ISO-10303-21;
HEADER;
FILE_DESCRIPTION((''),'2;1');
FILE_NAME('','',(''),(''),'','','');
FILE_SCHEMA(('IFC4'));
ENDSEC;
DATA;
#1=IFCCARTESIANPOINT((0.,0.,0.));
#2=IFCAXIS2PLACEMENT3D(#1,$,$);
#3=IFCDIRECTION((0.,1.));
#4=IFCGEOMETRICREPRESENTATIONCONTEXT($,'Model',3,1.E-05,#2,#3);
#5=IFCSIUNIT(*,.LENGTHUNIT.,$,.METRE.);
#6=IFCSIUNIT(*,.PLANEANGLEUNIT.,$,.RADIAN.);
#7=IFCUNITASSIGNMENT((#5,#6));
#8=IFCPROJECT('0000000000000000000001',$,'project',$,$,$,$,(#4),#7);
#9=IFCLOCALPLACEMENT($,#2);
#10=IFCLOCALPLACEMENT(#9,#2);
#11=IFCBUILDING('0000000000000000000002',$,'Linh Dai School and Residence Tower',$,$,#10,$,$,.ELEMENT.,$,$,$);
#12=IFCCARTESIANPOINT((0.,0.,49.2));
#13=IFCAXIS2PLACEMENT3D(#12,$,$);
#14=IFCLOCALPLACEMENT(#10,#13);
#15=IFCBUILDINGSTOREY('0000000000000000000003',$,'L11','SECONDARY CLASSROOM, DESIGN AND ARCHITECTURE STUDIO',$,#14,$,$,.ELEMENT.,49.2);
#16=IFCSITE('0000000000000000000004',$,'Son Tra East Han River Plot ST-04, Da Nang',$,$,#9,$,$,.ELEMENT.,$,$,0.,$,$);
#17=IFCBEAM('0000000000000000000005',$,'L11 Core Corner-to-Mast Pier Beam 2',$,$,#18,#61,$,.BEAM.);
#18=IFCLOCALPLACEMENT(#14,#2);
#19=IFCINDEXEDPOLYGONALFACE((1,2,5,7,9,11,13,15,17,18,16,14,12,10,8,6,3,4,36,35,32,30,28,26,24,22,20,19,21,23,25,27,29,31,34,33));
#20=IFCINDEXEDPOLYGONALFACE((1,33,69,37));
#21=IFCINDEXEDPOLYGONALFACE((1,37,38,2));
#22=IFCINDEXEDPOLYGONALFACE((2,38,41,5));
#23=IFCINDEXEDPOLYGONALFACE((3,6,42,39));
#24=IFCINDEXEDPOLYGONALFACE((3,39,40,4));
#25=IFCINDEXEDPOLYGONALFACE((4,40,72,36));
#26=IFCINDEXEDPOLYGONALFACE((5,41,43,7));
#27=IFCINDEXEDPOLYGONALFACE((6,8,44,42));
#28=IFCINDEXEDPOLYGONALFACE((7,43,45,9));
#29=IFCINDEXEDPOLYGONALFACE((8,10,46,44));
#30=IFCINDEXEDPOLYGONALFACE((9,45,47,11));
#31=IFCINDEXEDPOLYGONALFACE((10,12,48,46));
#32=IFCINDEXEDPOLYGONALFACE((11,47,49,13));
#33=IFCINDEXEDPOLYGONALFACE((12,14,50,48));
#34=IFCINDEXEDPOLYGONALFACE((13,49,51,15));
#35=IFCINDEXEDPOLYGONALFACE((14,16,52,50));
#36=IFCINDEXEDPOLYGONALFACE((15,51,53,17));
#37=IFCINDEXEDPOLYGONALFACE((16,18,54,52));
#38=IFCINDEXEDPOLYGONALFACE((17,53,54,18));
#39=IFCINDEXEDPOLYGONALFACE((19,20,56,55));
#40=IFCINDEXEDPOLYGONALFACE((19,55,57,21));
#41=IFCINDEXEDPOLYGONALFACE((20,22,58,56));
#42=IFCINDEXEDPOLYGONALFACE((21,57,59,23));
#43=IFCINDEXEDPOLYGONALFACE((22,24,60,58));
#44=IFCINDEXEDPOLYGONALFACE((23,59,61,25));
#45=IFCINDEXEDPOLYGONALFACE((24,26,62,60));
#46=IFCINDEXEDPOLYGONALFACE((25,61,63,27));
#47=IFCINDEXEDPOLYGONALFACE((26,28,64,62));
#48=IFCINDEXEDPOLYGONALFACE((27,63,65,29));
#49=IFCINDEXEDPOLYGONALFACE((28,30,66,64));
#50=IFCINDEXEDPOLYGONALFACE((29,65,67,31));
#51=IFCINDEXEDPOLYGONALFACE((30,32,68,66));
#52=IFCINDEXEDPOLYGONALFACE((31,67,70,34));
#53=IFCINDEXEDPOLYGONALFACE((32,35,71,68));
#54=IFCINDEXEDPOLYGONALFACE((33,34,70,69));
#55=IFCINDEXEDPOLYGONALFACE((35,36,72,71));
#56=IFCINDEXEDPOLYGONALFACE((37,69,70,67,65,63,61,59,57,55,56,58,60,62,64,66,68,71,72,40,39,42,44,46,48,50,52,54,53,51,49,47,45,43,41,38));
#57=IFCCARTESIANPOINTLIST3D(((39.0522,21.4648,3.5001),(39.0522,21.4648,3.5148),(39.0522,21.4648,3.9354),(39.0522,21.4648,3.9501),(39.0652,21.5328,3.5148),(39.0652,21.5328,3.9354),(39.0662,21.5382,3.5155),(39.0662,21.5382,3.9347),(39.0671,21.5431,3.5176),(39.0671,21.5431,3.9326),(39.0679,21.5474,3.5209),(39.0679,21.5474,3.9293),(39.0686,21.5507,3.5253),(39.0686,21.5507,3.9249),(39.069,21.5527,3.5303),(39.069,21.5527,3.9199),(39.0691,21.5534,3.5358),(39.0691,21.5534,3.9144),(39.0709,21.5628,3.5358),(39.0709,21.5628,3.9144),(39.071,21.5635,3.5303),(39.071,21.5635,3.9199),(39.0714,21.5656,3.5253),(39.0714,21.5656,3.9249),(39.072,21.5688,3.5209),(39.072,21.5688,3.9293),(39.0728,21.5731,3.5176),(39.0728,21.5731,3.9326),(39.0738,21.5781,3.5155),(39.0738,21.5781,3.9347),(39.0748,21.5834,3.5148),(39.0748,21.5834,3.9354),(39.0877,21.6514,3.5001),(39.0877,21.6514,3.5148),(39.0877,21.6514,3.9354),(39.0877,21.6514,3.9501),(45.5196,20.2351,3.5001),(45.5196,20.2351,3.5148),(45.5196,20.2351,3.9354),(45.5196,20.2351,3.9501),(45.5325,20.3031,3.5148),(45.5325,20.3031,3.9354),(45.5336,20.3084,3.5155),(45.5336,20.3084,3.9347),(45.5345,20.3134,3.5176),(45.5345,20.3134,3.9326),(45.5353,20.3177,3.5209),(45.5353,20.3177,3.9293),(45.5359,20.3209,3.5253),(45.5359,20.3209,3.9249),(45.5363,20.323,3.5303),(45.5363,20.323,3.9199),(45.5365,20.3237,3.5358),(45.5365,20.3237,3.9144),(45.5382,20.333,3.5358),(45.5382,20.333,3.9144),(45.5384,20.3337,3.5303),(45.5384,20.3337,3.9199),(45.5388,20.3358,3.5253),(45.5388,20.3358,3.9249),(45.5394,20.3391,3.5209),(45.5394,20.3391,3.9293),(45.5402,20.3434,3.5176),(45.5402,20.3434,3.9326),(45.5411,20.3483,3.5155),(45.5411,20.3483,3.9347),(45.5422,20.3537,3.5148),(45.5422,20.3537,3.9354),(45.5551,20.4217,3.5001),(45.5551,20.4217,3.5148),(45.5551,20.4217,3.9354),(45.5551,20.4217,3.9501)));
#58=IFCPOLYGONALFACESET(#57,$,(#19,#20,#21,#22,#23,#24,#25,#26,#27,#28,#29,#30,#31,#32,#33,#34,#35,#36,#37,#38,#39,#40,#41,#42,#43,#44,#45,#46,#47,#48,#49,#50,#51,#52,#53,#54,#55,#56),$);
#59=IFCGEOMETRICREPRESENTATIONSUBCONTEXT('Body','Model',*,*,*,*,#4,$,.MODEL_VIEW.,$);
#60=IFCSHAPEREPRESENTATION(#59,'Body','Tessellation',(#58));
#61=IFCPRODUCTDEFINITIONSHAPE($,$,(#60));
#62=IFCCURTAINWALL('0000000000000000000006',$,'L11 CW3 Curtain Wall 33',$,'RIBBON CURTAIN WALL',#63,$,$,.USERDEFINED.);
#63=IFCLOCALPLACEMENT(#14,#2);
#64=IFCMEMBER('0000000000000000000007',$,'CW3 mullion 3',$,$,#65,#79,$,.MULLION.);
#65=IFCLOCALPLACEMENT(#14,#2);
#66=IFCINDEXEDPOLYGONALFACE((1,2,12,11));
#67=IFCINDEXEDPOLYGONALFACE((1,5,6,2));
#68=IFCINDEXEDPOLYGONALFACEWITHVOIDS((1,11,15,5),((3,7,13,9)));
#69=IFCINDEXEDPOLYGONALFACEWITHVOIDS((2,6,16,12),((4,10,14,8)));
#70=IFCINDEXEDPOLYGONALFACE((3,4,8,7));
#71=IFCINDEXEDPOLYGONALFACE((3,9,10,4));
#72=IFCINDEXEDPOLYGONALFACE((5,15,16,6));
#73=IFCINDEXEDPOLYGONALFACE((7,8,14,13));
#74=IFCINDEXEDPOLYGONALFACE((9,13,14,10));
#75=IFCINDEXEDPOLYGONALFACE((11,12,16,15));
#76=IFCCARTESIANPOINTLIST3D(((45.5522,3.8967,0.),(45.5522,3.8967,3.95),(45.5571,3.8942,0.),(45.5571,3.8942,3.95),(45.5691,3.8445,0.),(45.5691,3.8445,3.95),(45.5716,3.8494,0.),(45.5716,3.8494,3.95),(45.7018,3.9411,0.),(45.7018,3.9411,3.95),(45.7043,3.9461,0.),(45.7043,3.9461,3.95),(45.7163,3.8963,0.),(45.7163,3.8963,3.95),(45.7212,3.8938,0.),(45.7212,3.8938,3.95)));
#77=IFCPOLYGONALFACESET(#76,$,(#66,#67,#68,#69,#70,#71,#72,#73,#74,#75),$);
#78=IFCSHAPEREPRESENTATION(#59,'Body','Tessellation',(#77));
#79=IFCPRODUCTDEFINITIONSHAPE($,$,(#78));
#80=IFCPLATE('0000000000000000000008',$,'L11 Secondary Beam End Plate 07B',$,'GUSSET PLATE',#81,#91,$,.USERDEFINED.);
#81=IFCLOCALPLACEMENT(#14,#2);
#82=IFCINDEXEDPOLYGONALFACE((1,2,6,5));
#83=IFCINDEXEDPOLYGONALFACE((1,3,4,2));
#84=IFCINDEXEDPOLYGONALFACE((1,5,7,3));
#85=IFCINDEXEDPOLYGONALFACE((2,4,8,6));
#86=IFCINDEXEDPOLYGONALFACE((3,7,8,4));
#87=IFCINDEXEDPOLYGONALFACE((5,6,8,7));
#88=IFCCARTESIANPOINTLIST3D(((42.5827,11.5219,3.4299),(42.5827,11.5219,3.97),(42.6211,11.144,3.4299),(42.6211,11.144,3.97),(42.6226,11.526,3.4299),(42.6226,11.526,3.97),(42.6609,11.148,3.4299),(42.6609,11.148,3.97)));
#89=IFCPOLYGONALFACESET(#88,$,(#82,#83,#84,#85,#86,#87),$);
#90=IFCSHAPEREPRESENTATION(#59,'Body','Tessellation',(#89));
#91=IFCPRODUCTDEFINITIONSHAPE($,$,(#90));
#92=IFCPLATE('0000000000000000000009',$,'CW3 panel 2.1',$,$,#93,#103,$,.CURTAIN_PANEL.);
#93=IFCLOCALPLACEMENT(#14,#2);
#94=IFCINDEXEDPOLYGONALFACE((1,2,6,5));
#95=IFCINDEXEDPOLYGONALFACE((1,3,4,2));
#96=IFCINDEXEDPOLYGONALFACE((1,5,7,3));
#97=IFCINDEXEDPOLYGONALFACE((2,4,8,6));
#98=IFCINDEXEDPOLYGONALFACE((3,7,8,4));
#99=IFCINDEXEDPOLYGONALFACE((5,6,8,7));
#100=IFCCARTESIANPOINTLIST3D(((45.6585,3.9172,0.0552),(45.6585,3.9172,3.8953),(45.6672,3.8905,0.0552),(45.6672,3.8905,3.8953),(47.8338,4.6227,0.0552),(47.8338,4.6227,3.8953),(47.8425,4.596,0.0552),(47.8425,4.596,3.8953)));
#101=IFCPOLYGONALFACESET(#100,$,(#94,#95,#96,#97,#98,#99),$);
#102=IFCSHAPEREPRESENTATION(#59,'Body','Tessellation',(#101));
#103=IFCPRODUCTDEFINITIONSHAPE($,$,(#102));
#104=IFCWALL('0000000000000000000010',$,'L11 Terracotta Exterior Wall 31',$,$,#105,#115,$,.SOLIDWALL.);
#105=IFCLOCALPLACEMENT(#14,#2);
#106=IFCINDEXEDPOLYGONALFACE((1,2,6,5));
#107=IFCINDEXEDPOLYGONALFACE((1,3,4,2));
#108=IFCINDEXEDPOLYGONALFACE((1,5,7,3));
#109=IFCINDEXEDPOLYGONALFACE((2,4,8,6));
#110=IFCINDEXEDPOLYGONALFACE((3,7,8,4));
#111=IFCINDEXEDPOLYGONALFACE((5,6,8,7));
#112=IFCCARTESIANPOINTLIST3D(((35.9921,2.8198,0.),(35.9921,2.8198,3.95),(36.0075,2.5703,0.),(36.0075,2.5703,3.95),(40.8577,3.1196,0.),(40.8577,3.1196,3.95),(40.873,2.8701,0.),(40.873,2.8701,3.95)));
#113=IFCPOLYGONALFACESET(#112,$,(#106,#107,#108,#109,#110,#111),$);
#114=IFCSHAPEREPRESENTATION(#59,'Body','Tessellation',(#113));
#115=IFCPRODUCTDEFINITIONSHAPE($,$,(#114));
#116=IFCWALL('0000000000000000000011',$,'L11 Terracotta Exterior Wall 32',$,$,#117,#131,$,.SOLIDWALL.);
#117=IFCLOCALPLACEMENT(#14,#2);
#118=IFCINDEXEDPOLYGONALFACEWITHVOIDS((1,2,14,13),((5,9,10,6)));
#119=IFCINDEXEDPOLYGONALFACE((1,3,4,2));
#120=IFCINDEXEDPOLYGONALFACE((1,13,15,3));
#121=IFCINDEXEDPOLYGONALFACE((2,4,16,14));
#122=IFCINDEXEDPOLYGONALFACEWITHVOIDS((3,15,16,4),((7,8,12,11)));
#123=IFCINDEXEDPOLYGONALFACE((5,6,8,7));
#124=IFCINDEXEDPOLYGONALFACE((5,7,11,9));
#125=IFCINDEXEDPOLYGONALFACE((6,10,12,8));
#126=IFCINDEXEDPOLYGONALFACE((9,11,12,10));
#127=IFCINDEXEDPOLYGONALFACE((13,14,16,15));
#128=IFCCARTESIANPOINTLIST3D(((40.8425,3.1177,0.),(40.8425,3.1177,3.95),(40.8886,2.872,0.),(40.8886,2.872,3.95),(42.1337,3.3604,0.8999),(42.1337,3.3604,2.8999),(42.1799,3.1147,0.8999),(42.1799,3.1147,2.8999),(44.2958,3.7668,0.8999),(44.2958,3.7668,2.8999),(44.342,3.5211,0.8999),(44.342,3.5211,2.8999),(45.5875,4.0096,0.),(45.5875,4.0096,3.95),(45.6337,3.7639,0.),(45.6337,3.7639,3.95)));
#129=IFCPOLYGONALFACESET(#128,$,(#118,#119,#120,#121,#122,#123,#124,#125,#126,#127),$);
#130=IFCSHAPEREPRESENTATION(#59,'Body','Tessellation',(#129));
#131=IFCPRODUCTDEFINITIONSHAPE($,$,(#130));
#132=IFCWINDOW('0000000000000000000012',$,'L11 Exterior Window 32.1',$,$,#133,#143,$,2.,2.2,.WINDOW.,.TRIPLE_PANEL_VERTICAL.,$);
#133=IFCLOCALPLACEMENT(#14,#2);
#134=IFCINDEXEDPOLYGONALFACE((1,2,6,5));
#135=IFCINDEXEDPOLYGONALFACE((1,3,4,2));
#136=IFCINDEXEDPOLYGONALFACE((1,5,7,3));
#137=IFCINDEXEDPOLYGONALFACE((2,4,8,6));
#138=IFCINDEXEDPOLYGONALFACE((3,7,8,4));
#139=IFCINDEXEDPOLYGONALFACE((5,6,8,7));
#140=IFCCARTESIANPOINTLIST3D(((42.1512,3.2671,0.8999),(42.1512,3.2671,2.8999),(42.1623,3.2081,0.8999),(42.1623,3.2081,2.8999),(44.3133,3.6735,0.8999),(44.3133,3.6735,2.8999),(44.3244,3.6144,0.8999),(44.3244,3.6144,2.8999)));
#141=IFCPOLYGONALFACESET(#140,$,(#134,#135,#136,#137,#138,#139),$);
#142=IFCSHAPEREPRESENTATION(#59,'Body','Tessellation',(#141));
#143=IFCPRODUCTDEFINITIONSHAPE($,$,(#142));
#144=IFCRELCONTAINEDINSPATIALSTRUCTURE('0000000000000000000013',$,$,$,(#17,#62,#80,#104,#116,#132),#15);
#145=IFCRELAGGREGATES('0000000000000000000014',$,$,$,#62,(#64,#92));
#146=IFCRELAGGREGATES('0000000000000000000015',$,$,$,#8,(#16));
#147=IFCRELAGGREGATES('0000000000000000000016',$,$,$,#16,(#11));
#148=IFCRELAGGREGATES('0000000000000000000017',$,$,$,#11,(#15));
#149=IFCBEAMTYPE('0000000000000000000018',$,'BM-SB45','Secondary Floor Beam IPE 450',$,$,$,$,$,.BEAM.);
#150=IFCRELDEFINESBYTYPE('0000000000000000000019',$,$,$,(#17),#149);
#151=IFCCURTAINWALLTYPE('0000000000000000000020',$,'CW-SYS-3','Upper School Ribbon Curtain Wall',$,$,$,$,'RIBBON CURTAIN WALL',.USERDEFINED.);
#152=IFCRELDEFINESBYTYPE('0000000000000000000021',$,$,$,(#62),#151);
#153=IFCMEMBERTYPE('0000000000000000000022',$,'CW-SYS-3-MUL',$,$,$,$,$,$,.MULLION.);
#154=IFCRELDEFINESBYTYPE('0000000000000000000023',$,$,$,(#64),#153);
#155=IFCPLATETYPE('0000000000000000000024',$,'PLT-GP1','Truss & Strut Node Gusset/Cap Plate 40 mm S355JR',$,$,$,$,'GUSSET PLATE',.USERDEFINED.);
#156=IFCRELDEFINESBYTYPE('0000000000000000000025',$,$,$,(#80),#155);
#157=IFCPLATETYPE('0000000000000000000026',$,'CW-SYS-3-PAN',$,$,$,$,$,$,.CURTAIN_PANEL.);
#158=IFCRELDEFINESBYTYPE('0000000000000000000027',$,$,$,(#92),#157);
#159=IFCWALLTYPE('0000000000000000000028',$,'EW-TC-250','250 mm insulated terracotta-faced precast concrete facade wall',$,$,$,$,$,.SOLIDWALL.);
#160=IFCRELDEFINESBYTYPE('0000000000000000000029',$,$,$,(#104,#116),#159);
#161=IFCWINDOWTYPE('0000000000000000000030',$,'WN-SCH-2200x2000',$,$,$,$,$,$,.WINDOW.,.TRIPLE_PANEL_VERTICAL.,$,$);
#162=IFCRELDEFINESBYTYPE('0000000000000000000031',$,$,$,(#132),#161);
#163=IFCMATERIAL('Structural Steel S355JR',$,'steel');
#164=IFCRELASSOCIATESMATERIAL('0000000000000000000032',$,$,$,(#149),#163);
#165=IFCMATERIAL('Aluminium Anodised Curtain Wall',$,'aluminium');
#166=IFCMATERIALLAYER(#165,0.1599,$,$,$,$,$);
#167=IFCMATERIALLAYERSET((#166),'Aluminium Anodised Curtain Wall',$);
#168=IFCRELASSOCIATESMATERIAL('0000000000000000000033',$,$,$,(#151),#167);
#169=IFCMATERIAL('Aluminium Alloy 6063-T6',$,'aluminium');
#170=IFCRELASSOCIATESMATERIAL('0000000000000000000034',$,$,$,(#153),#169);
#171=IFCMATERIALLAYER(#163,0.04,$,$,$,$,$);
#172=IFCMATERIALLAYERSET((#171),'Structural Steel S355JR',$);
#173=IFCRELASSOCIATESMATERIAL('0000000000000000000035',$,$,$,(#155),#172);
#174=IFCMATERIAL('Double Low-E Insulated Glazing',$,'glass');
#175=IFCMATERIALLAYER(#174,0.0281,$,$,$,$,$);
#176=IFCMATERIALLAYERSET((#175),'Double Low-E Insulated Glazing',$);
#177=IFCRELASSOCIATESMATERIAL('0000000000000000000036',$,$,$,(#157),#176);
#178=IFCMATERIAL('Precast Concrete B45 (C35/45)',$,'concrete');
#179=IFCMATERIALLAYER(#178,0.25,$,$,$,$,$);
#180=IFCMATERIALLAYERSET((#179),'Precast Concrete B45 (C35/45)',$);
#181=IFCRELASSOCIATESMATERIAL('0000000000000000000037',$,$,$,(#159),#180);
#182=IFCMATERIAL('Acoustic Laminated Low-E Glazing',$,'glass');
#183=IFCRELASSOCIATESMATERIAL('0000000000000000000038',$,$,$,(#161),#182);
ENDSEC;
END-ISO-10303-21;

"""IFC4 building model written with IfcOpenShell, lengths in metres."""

from ifc_helpers import new_model, si_unit, direction, frame, frame_2d, origin, origin_2d, place, context, subcontext, project, spatial, rectangle, hollow_rectangle, i_section, extrude, source, transform, mapped, material, layer, layer_set, material_profile, profile_set, type_object, element, fill, aggregate, save


model = new_model("IFC4")

# Units and contexts
model_context = context("Model", 3, precision=1e-05, world=origin(), true_north=direction((0.0, 1.0)))
body_context = subcontext(model_context, "Body", "Model", "MODEL_VIEW")
ifc_project = project(units=[si_unit("LENGTHUNIT", "METRE"), si_unit("PLANEANGLEUNIT", "RADIAN")], contexts=[model_context])

# Site, building, storey
site_placement = place(None, origin())
site = spatial("IfcSite", under=ifc_project, at=site_placement, Name="Son Tra East Han River Plot ST-04, Da Nang", CompositionType="ELEMENT", RefElevation=0.0)
building_placement = place(site_placement, origin())
building = spatial("IfcBuilding", under=site, at=building_placement, Name="Linh Dai School and Residence Tower", CompositionType="ELEMENT")
storey_placement = place(building_placement, frame((0.0, 0.0, 49.2)))
storey = spatial("IfcBuildingStorey", under=building, at=storey_placement, Name="L11", Description="SECONDARY CLASSROOM, DESIGN AND ARCHITECTURE STUDIO", CompositionType="ELEMENT", Elevation=49.2)

# Shared definitions
ifc_material_1 = material(Name="Structural Steel S355JR", Category="steel")

# Beam
ifc_material_profile_1 = material_profile(ifc_material_1, i_section(OverallWidth=0.1899, OverallDepth=0.45, WebThickness=0.0095, FlangeThickness=0.0146, FilletRadius=0.021, at=origin_2d()), Name="IPE 450")
ifc_profile_set_1 = profile_set([ifc_material_profile_1], Name="Structural Steel S355JR")
beam_type_1 = type_object("IfcBeamType", Name="BM-SB45", Description="Secondary Floor Beam IPE 450", PredefinedType="BEAM", material=ifc_profile_set_1)
beam_1_placement = place(storey_placement, frame((45.5374, 20.3284, 3.7251), z_axis=(-0.982398, 0.1868, 0.0), x_axis=(-0.1868, -0.982398, 0.0)))
element("IfcBeam", 1, at=beam_1_placement, inside=storey, type_object=beam_type_1, Name="L11 Core Corner-to-Mast Pier Beam 2", PredefinedType="BEAM", context=body_context, shape_type="SweptSolid", body=[
    extrude(i_section(OverallWidth=0.1899, OverallDepth=0.45, WebThickness=0.0095, FlangeThickness=0.0146, FilletRadius=0.021, at=origin_2d()), origin(), (0.0, 0.0, 1.0), 6.5833),
])

# Curtain wall, member
ifc_material_2 = material(Name="Aluminium Anodised Curtain Wall", Category="aluminium")
ifc_layer_1 = layer(ifc_material_2, 0.1599)
ifc_layer_set_1 = layer_set([ifc_layer_1], Name="Aluminium Anodised Curtain Wall")
curtain_wall_type = type_object("IfcCurtainWallType", Name="CW-SYS-3", Description="Upper School Ribbon Curtain Wall", ElementType="RIBBON CURTAIN WALL", PredefinedType="USERDEFINED", material=ifc_layer_set_1)
curtain_wall_placement = place(storey_placement, origin())
curtain_wall = element("IfcCurtainWall", 2, at=curtain_wall_placement, inside=storey, type_object=curtain_wall_type, Name="L11 CW3 Curtain Wall 33", ObjectType="RIBBON CURTAIN WALL", PredefinedType="USERDEFINED")
ifc_material_3 = material(Name="Aluminium Alloy 6063-T6", Category="aluminium")
ifc_material_profile_2 = material_profile(ifc_material_3, hollow_rectangle(XDim=0.0549, YDim=0.1599, WallThickness=0.0039, at=origin_2d()), Name="RHS 160x55x4")
ifc_profile_set_2 = profile_set([ifc_material_profile_2], Name="Aluminium Alloy 6063-T6")
member_type = type_object("IfcMemberType", Name="CW-SYS-3-MUL", PredefinedType="MULLION", material=ifc_profile_set_2)
shared_shape_1 = source(origin(), body_context, "Body", "SweptSolid", [
    extrude(hollow_rectangle(XDim=0.0549, YDim=0.1599, WallThickness=0.0039, at=origin_2d()), origin(), (0.0, 0.0, 1.0), 3.95),
])
member_placement = place(storey_placement, frame((45.6367, 3.8953, 0.0), z_axis=(0.0, 0.0, 1.0), x_axis=(0.308511, -0.951221, 0.0)))
member = element("IfcMember", 3, at=member_placement, type_object=member_type, Name="CW3 mullion 3", PredefinedType="MULLION", context=body_context, shape_type="MappedRepresentation", body=[
    mapped(shared_shape_1, transform((0.0, 0.0, 0.0), x_axis=(1.0, 0.0, 0.0), y_axis=(0.0, 1.0, 0.0), z_axis=(0.0, 0.0, 1.0), scale=1.0)),
])

# Plates
ifc_layer_2 = layer(ifc_material_1, 0.04)
ifc_layer_set_2 = layer_set([ifc_layer_2], Name="Structural Steel S355JR")
plate_type_1 = type_object("IfcPlateType", Name="PLT-GP1", Description="Truss & Strut Node Gusset/Cap Plate 40 mm S355JR", ElementType="GUSSET PLATE", PredefinedType="USERDEFINED", material=ifc_layer_set_2)
shared_shape_2 = source(origin(), body_context, "Body", "SweptSolid", [
    extrude(rectangle(XDim=0.04, YDim=0.3799, at=origin_2d()), origin(), (0.0, 0.0, 1.0), 0.54),
])
plate_1_placement = place(storey_placement, frame((42.6218, 11.335, 3.4299), z_axis=(0.0, 0.0, 1.0), x_axis=(0.994884, 0.101023, 0.0)))
element("IfcPlate", 4, at=plate_1_placement, inside=storey, type_object=plate_type_1, Name="L11 Secondary Beam End Plate 07B", ObjectType="GUSSET PLATE", PredefinedType="USERDEFINED", context=body_context, shape_type="MappedRepresentation", body=[
    mapped(shared_shape_2, transform((0.0, 0.0, 0.0), x_axis=(1.0, 0.0, 0.0), y_axis=(0.0, 1.0, 0.0), z_axis=(0.0, 0.0, 1.0), scale=1.0)),
])
ifc_material_4 = material(Name="Double Low-E Insulated Glazing", Category="glass")
ifc_layer_3 = layer(ifc_material_4, 0.0281)
ifc_layer_set_3 = layer_set([ifc_layer_3], Name="Double Low-E Insulated Glazing")
plate_type_2 = type_object("IfcPlateType", Name="CW-SYS-3-PAN", PredefinedType="CURTAIN_PANEL", material=ifc_layer_set_3)
shared_shape_3 = source(origin(), body_context, "Body", "SweptSolid", [
    extrude(rectangle(XDim=2.2869, YDim=0.0281, at=origin_2d()), origin(), (0.0, 0.0, 1.0), 3.8401),
])
plate_2_placement = place(storey_placement, frame((46.7505, 4.2566, 0.0552), z_axis=(0.0, 0.0, 1.0), x_axis=(-0.951221, -0.308511, 0.0)))
plate_2 = element("IfcPlate", 5, at=plate_2_placement, type_object=plate_type_2, Name="CW3 panel 2.1", PredefinedType="CURTAIN_PANEL", context=body_context, shape_type="MappedRepresentation", body=[
    mapped(shared_shape_3, transform((0.0, 0.0, 0.0), x_axis=(1.0, 0.0, 0.0), y_axis=(0.0, 1.0, 0.0), z_axis=(0.0, 0.0, 1.0), scale=1.0)),
])
aggregate(curtain_wall, [member, plate_2])

# Wall
ifc_material_5 = material(Name="Precast Concrete B45 (C35/45)", Category="concrete")
ifc_layer_4 = layer(ifc_material_5, 0.25)
ifc_layer_set_4 = layer_set([ifc_layer_4], Name="Precast Concrete B45 (C35/45)")
wall_type_1 = type_object("IfcWallType", Name="EW-TC-250", Description="250 mm insulated terracotta-faced precast concrete facade wall", PredefinedType="SOLIDWALL", material=ifc_layer_set_4)
wall_1_placement = place(storey_placement, frame((40.8655, 2.9949, 0.0), z_axis=(0.0, 0.0, 1.0), x_axis=(-0.998107, -0.061502, 0.0)))
element("IfcWall", 6, at=wall_1_placement, inside=storey, type_object=wall_type_1, Name="L11 Terracotta Exterior Wall 31", PredefinedType="SOLIDWALL", context=body_context, shape_type="SweptSolid", body=[
    extrude(rectangle(XDim=4.8748, YDim=0.25, at=frame_2d((2.4375, 0.0))), origin(), (0.0, 0.0, 1.0), 3.95),
])

# Wall, opening, window
wall_2_placement = place(storey_placement, frame((45.6106, 3.8867, 0.0), z_axis=(0.0, 0.0, 1.0), x_axis=(-0.982792, -0.184716, 0.0)))
wall_2 = element("IfcWall", 7, at=wall_2_placement, inside=storey, type_object=wall_type_1, Name="L11 Terracotta Exterior Wall 32", PredefinedType="SOLIDWALL", context=body_context, shape_type="SweptSolid", body=[
    extrude(rectangle(XDim=4.8281, YDim=0.25, at=frame_2d((2.4141, 0.0))), origin(), (0.0, 0.0, 1.0), 3.95),
])
opening_1_placement = place(wall_2_placement, frame((1.3142, 0.0, 0.8999)))
opening_1 = element("IfcOpeningElement", 8, at=opening_1_placement, cuts=wall_2, PredefinedType="OPENING", context=body_context, shape_type="SweptSolid", body=[
    extrude(rectangle(XDim=2.2, YDim=2.0, at=origin_2d()), frame((1.1001, 0.135, 1.0), z_axis=(0.0, -1.0, 0.0), x_axis=(1.0, 0.0, 0.0)), (0.0, 0.0, 1.0), 0.27),
])
ifc_material_6 = material(Name="Acoustic Laminated Low-E Glazing", Category="glass")
window_type = type_object("IfcWindowType", Name="WN-SCH-2200x2000", PartitioningType="TRIPLE_PANEL_VERTICAL", PredefinedType="WINDOW", material=ifc_material_6)
shared_shape_4 = source(origin(), body_context, "Body", "SweptSolid", [
    extrude(rectangle(XDim=2.2, YDim=2.0, at=origin_2d()), frame((1.1001, 0.03, 1.0), z_axis=(0.0, -1.0, 0.0), x_axis=(1.0, 0.0, 0.0)), (0.0, 0.0, 1.0), 0.0601),
])
window_placement = place(opening_1_placement, origin())
window = element("IfcWindow", 9, at=window_placement, inside=storey, type_object=window_type, Name="L11 Exterior Window 32.1", OverallHeight=2.0, OverallWidth=2.2, PartitioningType="TRIPLE_PANEL_VERTICAL", PredefinedType="WINDOW", context=body_context, shape_type="MappedRepresentation", body=[
    mapped(shared_shape_4, transform((0.0, 0.0, 0.0), x_axis=(1.0, 0.0, 0.0), y_axis=(0.0, 1.0, 0.0), z_axis=(0.0, 0.0, 1.0), scale=1.0)),
])
fill(opening_1, window)

save(model, "model.ifc")
